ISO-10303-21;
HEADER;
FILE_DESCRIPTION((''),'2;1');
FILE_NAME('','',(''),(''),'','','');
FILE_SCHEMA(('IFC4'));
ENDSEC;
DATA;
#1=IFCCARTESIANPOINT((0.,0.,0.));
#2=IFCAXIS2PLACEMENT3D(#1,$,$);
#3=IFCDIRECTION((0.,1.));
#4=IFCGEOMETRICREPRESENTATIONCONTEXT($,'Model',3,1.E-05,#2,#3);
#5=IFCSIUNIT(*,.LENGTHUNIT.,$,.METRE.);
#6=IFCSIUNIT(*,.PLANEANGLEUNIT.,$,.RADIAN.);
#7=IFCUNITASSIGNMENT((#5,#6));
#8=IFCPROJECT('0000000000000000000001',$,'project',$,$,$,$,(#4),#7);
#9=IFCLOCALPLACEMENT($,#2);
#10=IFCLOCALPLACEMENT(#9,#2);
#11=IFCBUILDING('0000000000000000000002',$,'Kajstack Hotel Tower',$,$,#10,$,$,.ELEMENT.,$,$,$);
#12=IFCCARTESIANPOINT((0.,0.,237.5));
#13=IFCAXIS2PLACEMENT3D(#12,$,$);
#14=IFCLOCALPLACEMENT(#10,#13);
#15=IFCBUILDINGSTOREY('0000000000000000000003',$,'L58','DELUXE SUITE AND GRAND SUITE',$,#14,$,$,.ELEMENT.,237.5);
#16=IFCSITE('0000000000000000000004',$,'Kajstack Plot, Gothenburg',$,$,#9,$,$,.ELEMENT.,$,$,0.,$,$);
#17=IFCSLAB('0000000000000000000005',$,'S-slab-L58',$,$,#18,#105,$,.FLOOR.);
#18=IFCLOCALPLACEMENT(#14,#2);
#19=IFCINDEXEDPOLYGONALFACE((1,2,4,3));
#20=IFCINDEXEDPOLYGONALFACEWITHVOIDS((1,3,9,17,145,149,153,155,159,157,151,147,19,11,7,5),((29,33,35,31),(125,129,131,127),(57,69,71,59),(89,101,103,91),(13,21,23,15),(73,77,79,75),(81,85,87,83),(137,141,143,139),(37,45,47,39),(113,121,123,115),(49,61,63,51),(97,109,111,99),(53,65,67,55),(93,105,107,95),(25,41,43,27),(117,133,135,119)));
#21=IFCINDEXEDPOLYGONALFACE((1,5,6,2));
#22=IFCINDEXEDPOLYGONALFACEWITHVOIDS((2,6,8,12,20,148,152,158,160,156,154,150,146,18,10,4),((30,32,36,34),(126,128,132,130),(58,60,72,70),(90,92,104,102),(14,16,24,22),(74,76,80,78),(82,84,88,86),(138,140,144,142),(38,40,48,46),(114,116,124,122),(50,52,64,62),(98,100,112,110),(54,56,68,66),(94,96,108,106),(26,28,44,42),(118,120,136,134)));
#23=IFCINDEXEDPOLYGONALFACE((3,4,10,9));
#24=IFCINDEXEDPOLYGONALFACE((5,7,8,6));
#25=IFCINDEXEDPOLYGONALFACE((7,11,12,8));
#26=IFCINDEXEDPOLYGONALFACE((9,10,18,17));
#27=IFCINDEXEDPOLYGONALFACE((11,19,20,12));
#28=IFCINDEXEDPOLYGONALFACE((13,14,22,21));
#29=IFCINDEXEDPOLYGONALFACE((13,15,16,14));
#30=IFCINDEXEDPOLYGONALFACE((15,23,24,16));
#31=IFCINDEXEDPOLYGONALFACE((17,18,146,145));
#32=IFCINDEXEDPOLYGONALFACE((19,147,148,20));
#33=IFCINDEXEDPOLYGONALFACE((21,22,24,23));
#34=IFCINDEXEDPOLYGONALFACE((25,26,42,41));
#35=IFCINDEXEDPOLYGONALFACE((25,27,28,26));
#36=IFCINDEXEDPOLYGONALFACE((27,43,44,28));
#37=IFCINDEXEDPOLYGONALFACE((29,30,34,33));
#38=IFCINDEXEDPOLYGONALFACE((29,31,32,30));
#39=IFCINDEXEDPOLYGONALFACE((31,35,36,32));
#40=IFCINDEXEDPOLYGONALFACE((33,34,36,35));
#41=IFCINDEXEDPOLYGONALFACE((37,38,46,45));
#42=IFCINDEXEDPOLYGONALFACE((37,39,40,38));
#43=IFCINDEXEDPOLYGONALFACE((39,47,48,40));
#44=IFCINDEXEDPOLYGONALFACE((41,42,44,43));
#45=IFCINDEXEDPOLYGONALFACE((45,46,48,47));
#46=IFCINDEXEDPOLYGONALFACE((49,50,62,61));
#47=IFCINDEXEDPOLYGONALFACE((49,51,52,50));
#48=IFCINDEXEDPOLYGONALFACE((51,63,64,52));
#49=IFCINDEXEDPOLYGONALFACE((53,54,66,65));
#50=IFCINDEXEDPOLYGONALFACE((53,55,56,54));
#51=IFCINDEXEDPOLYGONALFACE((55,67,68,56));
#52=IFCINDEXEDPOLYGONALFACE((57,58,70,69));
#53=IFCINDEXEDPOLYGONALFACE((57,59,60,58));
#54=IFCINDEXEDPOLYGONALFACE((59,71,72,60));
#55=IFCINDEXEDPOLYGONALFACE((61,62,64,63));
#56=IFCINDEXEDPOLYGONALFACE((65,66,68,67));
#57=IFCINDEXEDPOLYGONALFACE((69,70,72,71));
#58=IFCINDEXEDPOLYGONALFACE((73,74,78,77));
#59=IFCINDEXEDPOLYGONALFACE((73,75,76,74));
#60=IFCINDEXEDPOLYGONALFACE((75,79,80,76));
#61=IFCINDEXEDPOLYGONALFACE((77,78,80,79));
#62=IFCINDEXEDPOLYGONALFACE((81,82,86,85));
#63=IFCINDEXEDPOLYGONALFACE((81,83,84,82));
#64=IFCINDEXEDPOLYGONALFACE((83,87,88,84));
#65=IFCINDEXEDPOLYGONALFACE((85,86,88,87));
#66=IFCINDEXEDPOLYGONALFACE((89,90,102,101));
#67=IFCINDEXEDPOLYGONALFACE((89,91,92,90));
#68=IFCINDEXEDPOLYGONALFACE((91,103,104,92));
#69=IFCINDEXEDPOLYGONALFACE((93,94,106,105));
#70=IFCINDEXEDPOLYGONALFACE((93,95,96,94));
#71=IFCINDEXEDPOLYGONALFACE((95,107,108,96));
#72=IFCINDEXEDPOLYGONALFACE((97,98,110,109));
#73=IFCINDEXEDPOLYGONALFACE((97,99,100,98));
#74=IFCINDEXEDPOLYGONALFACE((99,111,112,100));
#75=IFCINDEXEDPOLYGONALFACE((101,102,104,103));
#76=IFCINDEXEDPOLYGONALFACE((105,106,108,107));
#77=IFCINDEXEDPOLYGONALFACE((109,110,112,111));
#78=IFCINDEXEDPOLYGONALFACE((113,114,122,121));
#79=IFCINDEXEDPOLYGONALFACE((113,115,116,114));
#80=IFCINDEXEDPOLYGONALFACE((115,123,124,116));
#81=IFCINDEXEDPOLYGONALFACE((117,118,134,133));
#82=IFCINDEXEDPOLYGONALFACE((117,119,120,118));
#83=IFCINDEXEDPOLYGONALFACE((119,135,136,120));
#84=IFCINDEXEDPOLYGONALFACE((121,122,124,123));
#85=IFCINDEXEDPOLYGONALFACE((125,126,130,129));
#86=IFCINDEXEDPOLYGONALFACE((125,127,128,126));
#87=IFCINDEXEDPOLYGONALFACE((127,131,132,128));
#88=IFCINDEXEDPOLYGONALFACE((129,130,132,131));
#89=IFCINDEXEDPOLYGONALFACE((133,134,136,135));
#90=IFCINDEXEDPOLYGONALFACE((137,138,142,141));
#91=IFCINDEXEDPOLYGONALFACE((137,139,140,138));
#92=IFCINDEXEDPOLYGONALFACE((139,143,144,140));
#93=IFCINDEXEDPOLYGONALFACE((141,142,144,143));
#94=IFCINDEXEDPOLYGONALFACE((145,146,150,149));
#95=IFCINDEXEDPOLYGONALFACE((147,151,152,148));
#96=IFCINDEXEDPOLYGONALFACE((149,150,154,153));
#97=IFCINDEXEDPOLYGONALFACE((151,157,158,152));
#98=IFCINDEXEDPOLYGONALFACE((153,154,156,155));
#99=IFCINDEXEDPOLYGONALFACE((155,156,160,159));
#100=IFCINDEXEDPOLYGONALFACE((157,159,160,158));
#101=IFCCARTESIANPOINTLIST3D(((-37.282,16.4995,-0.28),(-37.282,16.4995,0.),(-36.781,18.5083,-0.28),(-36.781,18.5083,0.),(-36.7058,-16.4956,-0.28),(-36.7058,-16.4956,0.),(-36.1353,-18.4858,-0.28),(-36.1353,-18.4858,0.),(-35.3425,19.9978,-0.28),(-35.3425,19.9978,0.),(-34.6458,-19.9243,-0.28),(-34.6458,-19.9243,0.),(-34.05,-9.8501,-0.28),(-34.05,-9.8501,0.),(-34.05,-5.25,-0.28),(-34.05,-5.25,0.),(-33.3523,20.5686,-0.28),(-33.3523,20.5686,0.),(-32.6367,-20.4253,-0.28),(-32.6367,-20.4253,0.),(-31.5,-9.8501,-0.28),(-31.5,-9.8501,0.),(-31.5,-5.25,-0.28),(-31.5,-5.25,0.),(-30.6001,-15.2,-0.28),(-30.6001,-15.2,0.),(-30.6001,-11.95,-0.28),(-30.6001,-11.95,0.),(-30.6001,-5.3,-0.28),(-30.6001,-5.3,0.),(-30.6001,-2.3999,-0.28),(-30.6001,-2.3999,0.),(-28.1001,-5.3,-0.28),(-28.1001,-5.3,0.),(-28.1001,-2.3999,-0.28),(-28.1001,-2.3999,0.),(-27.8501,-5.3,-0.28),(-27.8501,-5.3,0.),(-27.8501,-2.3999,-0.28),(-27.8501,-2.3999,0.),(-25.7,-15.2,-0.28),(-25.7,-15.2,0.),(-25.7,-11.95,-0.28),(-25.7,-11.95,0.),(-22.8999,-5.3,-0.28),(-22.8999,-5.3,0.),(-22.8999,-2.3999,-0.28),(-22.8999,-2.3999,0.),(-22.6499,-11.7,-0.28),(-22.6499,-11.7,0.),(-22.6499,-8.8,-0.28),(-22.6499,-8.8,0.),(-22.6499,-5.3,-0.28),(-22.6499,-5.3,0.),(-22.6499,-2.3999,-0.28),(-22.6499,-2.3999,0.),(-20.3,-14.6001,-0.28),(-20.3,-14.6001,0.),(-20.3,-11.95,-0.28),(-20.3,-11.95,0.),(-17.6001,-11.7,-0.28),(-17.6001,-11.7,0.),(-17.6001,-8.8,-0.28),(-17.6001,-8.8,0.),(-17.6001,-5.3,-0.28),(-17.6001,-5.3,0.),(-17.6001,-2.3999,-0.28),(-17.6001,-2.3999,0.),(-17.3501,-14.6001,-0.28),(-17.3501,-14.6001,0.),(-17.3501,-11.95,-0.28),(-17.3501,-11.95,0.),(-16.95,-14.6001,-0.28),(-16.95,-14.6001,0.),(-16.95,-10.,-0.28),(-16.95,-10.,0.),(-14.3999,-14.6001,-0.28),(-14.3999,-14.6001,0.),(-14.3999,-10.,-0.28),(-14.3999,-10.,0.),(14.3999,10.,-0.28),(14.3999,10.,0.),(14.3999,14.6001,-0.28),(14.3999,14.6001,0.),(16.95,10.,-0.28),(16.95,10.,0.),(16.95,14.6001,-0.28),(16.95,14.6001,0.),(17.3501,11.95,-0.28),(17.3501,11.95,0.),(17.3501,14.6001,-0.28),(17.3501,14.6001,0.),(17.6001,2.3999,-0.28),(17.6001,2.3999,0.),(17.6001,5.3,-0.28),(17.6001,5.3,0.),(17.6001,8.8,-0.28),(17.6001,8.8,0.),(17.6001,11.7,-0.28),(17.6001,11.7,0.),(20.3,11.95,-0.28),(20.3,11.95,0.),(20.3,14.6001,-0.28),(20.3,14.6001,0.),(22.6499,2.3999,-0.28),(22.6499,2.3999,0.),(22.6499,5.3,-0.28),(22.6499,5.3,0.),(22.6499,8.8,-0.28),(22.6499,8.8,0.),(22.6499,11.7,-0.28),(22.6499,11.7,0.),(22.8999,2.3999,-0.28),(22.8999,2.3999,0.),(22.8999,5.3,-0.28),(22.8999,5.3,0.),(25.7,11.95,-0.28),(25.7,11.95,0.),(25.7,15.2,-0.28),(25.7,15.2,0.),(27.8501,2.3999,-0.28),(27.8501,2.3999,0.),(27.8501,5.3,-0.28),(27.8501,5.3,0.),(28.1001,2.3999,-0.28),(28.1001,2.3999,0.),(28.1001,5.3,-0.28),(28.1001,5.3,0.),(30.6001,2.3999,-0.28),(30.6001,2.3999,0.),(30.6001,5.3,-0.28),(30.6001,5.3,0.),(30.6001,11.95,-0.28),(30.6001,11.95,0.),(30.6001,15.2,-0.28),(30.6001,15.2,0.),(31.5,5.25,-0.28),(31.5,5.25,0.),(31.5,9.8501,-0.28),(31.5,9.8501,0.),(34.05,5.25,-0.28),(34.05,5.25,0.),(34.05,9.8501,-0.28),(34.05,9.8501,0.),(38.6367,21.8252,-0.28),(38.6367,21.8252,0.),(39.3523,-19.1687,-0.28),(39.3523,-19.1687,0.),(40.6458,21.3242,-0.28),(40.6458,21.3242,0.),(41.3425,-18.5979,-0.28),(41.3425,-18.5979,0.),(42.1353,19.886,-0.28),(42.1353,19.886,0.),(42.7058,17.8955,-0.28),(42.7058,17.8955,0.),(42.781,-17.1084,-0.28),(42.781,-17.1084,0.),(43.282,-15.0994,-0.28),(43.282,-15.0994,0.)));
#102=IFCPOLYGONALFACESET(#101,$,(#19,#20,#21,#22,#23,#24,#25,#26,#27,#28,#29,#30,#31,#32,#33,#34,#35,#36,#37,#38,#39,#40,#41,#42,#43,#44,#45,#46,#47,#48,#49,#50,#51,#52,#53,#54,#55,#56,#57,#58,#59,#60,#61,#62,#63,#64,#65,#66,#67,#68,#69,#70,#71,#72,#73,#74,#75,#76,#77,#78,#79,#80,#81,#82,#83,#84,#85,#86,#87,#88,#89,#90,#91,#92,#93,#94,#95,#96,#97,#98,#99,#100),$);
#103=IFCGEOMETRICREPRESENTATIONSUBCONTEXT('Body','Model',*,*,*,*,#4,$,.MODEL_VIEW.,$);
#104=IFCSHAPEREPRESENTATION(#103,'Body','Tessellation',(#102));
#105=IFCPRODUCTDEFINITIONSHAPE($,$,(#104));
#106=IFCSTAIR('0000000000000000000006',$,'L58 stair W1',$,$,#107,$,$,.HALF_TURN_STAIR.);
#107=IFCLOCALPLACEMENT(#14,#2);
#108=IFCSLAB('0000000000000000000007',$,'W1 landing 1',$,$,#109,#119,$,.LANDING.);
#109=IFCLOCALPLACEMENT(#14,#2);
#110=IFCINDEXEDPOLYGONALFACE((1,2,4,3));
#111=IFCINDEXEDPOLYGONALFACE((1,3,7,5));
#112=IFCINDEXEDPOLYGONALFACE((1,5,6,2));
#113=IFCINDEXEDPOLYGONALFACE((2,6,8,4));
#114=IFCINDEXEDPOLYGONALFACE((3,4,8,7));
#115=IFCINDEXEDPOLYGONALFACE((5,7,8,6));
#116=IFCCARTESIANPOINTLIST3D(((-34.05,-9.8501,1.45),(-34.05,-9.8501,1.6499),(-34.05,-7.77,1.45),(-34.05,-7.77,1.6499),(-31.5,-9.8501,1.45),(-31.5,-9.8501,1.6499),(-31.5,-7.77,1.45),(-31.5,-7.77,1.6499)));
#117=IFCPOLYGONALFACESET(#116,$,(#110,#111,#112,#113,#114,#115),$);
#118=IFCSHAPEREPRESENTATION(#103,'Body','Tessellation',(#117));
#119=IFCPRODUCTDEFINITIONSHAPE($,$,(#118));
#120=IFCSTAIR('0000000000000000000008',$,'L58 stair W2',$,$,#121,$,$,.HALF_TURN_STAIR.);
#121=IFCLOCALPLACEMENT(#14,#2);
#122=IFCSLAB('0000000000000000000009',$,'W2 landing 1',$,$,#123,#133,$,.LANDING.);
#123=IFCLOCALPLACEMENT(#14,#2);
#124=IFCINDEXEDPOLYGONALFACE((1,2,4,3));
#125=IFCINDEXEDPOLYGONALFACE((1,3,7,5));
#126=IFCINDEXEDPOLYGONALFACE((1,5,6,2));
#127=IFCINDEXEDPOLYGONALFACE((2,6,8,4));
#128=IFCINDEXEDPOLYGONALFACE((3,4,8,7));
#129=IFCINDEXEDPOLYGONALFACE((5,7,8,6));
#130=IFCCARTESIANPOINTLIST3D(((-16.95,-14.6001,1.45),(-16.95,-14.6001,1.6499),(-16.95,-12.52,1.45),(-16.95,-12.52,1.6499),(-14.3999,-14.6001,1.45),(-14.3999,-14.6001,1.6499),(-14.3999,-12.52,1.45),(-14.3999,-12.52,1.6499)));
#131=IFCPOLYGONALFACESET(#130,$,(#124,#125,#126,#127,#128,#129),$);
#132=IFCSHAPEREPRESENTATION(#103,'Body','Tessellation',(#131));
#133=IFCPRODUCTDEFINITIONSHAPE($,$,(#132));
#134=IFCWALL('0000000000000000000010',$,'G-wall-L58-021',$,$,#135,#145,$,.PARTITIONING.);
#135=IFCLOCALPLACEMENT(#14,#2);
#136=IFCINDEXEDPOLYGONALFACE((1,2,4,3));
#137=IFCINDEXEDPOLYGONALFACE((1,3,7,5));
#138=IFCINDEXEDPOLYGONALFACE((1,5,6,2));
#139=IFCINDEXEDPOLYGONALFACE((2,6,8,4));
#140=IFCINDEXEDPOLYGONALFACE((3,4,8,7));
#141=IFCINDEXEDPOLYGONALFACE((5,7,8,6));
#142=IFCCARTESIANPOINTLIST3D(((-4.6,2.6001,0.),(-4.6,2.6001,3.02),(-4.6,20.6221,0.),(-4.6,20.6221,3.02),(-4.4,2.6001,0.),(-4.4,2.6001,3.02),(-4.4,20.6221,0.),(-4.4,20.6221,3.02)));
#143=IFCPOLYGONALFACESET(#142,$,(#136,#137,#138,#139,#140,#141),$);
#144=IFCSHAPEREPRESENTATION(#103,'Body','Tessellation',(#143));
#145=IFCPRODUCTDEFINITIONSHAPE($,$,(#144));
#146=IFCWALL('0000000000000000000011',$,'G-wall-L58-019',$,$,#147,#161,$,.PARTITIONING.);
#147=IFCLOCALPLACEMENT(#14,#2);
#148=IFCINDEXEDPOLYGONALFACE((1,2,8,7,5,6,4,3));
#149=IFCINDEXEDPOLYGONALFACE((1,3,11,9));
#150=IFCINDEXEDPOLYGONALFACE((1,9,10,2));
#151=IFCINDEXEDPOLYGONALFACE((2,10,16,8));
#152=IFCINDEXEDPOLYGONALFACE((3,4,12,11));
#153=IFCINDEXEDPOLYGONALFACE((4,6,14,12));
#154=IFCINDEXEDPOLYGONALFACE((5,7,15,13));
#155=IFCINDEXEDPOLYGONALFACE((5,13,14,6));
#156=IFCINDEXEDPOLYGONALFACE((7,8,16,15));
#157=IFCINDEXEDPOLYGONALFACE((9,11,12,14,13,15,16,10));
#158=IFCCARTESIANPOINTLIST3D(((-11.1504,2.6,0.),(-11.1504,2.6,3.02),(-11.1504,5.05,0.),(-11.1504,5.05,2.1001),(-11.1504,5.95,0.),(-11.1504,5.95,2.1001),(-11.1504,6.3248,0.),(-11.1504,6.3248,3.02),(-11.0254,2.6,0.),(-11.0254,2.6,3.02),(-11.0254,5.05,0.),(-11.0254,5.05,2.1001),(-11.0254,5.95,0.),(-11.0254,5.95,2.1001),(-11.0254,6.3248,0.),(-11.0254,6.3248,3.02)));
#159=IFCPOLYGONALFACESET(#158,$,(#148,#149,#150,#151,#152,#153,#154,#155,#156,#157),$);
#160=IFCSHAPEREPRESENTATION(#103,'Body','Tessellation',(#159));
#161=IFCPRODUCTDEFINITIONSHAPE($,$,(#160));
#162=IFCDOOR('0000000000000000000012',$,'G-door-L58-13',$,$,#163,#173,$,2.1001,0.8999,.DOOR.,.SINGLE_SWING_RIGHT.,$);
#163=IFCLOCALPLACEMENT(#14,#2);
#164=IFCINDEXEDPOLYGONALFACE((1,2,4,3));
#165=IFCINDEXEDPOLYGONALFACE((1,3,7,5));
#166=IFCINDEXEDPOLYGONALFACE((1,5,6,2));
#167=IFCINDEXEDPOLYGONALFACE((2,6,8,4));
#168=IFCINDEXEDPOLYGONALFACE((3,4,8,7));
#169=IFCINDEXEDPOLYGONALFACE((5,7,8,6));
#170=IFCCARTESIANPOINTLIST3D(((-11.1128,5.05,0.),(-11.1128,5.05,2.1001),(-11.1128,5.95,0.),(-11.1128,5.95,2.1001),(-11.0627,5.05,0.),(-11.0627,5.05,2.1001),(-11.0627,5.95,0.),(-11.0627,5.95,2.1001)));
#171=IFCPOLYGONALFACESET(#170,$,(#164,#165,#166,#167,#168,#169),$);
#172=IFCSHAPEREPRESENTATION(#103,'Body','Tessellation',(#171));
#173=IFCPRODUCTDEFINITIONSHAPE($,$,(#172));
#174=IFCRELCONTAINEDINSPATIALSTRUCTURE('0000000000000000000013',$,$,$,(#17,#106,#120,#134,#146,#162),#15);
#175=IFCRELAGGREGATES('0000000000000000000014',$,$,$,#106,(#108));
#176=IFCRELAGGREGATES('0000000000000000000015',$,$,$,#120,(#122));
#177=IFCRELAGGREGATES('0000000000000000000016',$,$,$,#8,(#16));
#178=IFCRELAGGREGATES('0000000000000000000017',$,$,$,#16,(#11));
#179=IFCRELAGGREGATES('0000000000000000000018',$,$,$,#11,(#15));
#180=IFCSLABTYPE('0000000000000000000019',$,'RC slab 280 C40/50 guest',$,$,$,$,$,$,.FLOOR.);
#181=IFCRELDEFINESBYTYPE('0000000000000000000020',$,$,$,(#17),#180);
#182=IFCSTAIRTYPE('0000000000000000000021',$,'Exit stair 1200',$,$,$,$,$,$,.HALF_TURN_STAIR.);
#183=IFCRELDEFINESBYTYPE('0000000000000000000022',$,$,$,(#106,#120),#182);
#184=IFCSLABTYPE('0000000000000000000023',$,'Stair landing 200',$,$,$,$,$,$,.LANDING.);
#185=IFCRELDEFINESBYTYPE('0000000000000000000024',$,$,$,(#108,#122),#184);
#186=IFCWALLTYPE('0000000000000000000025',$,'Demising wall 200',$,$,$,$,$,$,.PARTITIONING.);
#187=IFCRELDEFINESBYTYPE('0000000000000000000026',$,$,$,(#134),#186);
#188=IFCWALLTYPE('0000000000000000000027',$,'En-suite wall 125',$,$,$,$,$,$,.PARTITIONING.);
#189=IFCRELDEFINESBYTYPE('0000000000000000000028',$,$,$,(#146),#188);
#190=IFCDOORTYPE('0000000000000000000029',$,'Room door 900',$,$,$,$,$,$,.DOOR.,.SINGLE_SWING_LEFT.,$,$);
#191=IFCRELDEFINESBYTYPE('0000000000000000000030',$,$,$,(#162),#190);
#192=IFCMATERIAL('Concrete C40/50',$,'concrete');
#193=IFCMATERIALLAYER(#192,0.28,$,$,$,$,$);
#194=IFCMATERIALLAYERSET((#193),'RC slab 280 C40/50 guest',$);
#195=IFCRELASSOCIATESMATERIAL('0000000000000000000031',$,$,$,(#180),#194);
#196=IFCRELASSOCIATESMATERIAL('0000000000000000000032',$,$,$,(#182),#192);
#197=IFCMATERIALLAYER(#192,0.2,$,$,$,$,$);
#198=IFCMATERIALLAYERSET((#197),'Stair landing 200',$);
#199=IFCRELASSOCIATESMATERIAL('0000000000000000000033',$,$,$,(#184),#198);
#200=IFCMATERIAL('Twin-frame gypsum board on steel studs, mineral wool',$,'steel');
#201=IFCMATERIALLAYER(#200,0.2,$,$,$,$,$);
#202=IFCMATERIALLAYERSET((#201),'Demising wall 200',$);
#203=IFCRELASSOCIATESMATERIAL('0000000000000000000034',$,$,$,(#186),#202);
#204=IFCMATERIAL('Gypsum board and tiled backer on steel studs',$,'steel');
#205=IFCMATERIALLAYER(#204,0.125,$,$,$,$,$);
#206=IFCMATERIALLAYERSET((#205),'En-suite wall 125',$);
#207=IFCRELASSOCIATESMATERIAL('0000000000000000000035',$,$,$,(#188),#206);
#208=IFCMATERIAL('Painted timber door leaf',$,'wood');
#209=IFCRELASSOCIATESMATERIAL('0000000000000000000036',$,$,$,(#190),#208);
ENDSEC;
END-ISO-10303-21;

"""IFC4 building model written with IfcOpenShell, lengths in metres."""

from ifc_helpers import new_model, si_unit, direction, frame, frame_2d, origin, place, context, subcontext, project, spatial, polyline, rectangle, outline, extrude, material, layer, layer_set, type_object, element, fill, aggregate, save


model = new_model("IFC4")

# Units and contexts
model_context = context("Model", 3, precision=1e-05, world=origin(), true_north=direction((0.0, 1.0)))
body_context = subcontext(model_context, "Body", "Model", "MODEL_VIEW")
ifc_project = project(units=[si_unit("LENGTHUNIT", "METRE"), si_unit("PLANEANGLEUNIT", "RADIAN")], contexts=[model_context])

# Site, building, storey
site_placement = place(None, origin())
site = spatial("IfcSite", under=ifc_project, at=site_placement, Name="Kajstack Plot, Gothenburg", CompositionType="ELEMENT", RefElevation=0.0)
building_placement = place(site_placement, origin())
building = spatial("IfcBuilding", under=site, at=building_placement, Name="Kajstack Hotel Tower", CompositionType="ELEMENT")
storey_placement = place(building_placement, frame((0.0, 0.0, 237.5)))
storey = spatial("IfcBuildingStorey", under=building, at=storey_placement, Name="L58", Description="DELUXE SUITE AND GRAND SUITE", CompositionType="ELEMENT", Elevation=237.5)

# Slab
ifc_material_1 = material(Name="Concrete C40/50", Category="concrete")
ifc_layer_1 = layer(ifc_material_1, 0.28)
ifc_layer_set_1 = layer_set([ifc_layer_1], Name="RC slab 280 C40/50 guest")
slab_type_1 = type_object("IfcSlabType", Name="RC slab 280 C40/50 guest", PredefinedType="FLOOR", material=ifc_layer_set_1)
slab_1_placement = place(storey_placement, frame((0.0, 0.0, -0.28)))
element("IfcSlab", 1, at=slab_1_placement, inside=storey, type_object=slab_type_1, Name="S-slab-L58", PredefinedType="FLOOR", context=body_context, shape_type="SweptSolid", body=[
    extrude(outline(polyline([(-37.282, 16.4995), (-36.7058, -16.4956), (-36.1353, -18.4858), (-34.6458, -19.9243), (-32.6367, -20.4253), (39.3523, -19.1687), (41.3425, -18.5979), (42.781, -17.1084), (43.282, -15.0994), (42.7058, 17.8955), (42.1353, 19.886), (40.6458, 21.3242), (38.6367, 21.8252), (-33.3523, 20.5686), (-35.3425, 19.9978), (-36.781, 18.5083), (-37.282, 16.4995)]), holes=[polyline([(-22.6499, -11.7), (-22.6499, -8.8), (-17.6001, -8.8), (-17.6001, -11.7), (-22.6499, -11.7)]), polyline([(-27.8501, -5.3), (-27.8501, -2.3999), (-22.8999, -2.3999), (-22.8999, -5.3), (-27.8501, -5.3)]), polyline([(-22.6499, -5.3), (-22.6499, -2.3999), (-17.6001, -2.3999), (-17.6001, -5.3), (-22.6499, -5.3)]), polyline([(-20.3, -14.6001), (-17.3501, -14.6001), (-17.3501, -11.95), (-20.3, -11.95), (-20.3, -14.6001)]), polyline([(-30.6001, -5.3), (-28.1001, -5.3), (-28.1001, -2.3999), (-30.6001, -2.3999), (-30.6001, -5.3)]), polyline([(17.6001, 8.8), (17.6001, 11.7), (22.6499, 11.7), (22.6499, 8.8), (17.6001, 8.8)]), polyline([(22.8999, 2.3999), (22.8999, 5.3), (27.8501, 5.3), (27.8501, 2.3999), (22.8999, 2.3999)]), polyline([(17.6001, 2.3999), (17.6001, 5.3), (22.6499, 5.3), (22.6499, 2.3999), (17.6001, 2.3999)]), polyline([(20.3, 14.6001), (17.3501, 14.6001), (17.3501, 11.95), (20.3, 11.95), (20.3, 14.6001)]), polyline([(30.6001, 5.3), (28.1001, 5.3), (28.1001, 2.3999), (30.6001, 2.3999), (30.6001, 5.3)]), polyline([(-34.05, -9.8501), (-31.5, -9.8501), (-31.5, -5.25), (-34.05, -5.25), (-34.05, -9.8501)]), polyline([(-16.95, -14.6001), (-14.3999, -14.6001), (-14.3999, -10.0), (-16.95, -10.0), (-16.95, -14.6001)]), polyline([(-30.6001, -15.2), (-25.7, -15.2), (-25.7, -11.95), (-30.6001, -11.95), (-30.6001, -15.2)]), polyline([(34.05, 9.8501), (31.5, 9.8501), (31.5, 5.25), (34.05, 5.25), (34.05, 9.8501)]), polyline([(16.95, 14.6001), (14.3999, 14.6001), (14.3999, 10.0), (16.95, 10.0), (16.95, 14.6001)]), polyline([(30.6001, 15.2), (25.7, 15.2), (25.7, 11.95), (30.6001, 11.95), (30.6001, 15.2)])]), origin(), (0.0, 0.0, 1.0), 0.28),
])

# Stairs, slabs
stair_type = type_object("IfcStairType", Name="Exit stair 1200", PredefinedType="HALF_TURN_STAIR", material=ifc_material_1)
stair_1_placement = place(storey_placement, origin())
stair_1 = element("IfcStair", 2, at=stair_1_placement, inside=storey, type_object=stair_type, Name="L58 stair W1", PredefinedType="HALF_TURN_STAIR")
ifc_layer_2 = layer(ifc_material_1, 0.2)
ifc_layer_set_2 = layer_set([ifc_layer_2], Name="Stair landing 200")
slab_type_2 = type_object("IfcSlabType", Name="Stair landing 200", PredefinedType="LANDING", material=ifc_layer_set_2)
slab_2_placement = place(storey_placement, frame((0.0, 0.0, 1.45)))
slab_2 = element("IfcSlab", 3, at=slab_2_placement, type_object=slab_type_2, Name="W1 landing 1", PredefinedType="LANDING", context=body_context, shape_type="SweptSolid", body=[
    extrude(outline(polyline([(-34.05, -7.77), (-34.05, -9.8501), (-31.5, -9.8501), (-31.5, -7.77), (-34.05, -7.77)])), origin(), (0.0, 0.0, 1.0), 0.2),
])
aggregate(stair_1, [slab_2])
stair_2_placement = place(storey_placement, origin())
stair_2 = element("IfcStair", 4, at=stair_2_placement, inside=storey, type_object=stair_type, Name="L58 stair W2", PredefinedType="HALF_TURN_STAIR")
slab_3_placement = place(storey_placement, frame((0.0, 0.0, 1.45)))
slab_3 = element("IfcSlab", 5, at=slab_3_placement, type_object=slab_type_2, Name="W2 landing 1", PredefinedType="LANDING", context=body_context, shape_type="SweptSolid", body=[
    extrude(outline(polyline([(-16.95, -12.52), (-16.95, -14.6001), (-14.3999, -14.6001), (-14.3999, -12.52), (-16.95, -12.52)])), origin(), (0.0, 0.0, 1.0), 0.2),
])
aggregate(stair_2, [slab_3])

# Wall
ifc_material_2 = material(Name="Twin-frame gypsum board on steel studs, mineral wool", Category="steel")
ifc_layer_3 = layer(ifc_material_2, 0.2)
ifc_layer_set_3 = layer_set([ifc_layer_3], Name="Demising wall 200")
wall_type_1 = type_object("IfcWallType", Name="Demising wall 200", PredefinedType="PARTITIONING", material=ifc_layer_set_3)
wall_1_placement = place(storey_placement, frame((-4.5, 2.6001, 0.0), z_axis=(0.0, 0.0, 1.0), x_axis=(0.0, 1.0, 0.0)))
element("IfcWall", 6, at=wall_1_placement, inside=storey, type_object=wall_type_1, Name="G-wall-L58-021", PredefinedType="PARTITIONING", context=body_context, shape_type="SweptSolid", body=[
    extrude(rectangle(XDim=18.022, YDim=0.2, at=frame_2d((9.011, 0.0))), origin(), (0.0, 0.0, 1.0), 3.02),
])

# Wall, opening, door
ifc_material_3 = material(Name="Gypsum board and tiled backer on steel studs", Category="steel")
ifc_layer_4 = layer(ifc_material_3, 0.125)
ifc_layer_set_4 = layer_set([ifc_layer_4], Name="En-suite wall 125")
wall_type_2 = type_object("IfcWallType", Name="En-suite wall 125", PredefinedType="PARTITIONING", material=ifc_layer_set_4)
wall_2_placement = place(storey_placement, frame((-11.0879, 2.6001, 0.0), z_axis=(0.0, 0.0, 1.0), x_axis=(0.0, 1.0, 0.0)))
wall_2 = element("IfcWall", 7, at=wall_2_placement, inside=storey, type_object=wall_type_2, Name="G-wall-L58-019", PredefinedType="PARTITIONING", context=body_context, shape_type="SweptSolid", body=[
    extrude(rectangle(XDim=3.7249, YDim=0.125, at=frame_2d((1.8623, 0.0))), origin(), (0.0, 0.0, 1.0), 3.02),
])
opening_1_placement = place(wall_2_placement, frame((2.45, 0.0, 0.0)))
opening_1 = element("IfcOpeningElement", 8, at=opening_1_placement, cuts=wall_2, PredefinedType="OPENING", context=body_context, shape_type="SweptSolid", body=[
    extrude(rectangle(XDim=0.8999, YDim=2.1001, at=frame_2d((0.45, 1.05))), frame((0.0, 0.0725, 0.0), z_axis=(0.0, -1.0, 0.0), x_axis=(1.0, 0.0, 0.0)), (0.0, 0.0, 1.0), 0.145),
])
ifc_material_4 = material(Name="Painted timber door leaf", Category="wood")
door_type = type_object("IfcDoorType", Name="Room door 900", OperationType="SINGLE_SWING_LEFT", PredefinedType="DOOR", material=ifc_material_4)
door_1_placement = place(opening_1_placement, origin())
door_1 = element("IfcDoor", 9, at=door_1_placement, inside=storey, type_object=door_type, Name="G-door-L58-13", OperationType="SINGLE_SWING_RIGHT", OverallHeight=2.1001, OverallWidth=0.8999, PredefinedType="DOOR", context=body_context, shape_type="SweptSolid", body=[
    extrude(rectangle(XDim=0.8999, YDim=2.1001, at=frame_2d((0.45, 1.05))), frame((0.0, 0.0249, 0.0), z_axis=(0.0, -1.0, 0.0), x_axis=(1.0, 0.0, 0.0)), (0.0, 0.0, 1.0), 0.05),
])
fill(opening_1, door_1)

save(model, "model.ifc")
